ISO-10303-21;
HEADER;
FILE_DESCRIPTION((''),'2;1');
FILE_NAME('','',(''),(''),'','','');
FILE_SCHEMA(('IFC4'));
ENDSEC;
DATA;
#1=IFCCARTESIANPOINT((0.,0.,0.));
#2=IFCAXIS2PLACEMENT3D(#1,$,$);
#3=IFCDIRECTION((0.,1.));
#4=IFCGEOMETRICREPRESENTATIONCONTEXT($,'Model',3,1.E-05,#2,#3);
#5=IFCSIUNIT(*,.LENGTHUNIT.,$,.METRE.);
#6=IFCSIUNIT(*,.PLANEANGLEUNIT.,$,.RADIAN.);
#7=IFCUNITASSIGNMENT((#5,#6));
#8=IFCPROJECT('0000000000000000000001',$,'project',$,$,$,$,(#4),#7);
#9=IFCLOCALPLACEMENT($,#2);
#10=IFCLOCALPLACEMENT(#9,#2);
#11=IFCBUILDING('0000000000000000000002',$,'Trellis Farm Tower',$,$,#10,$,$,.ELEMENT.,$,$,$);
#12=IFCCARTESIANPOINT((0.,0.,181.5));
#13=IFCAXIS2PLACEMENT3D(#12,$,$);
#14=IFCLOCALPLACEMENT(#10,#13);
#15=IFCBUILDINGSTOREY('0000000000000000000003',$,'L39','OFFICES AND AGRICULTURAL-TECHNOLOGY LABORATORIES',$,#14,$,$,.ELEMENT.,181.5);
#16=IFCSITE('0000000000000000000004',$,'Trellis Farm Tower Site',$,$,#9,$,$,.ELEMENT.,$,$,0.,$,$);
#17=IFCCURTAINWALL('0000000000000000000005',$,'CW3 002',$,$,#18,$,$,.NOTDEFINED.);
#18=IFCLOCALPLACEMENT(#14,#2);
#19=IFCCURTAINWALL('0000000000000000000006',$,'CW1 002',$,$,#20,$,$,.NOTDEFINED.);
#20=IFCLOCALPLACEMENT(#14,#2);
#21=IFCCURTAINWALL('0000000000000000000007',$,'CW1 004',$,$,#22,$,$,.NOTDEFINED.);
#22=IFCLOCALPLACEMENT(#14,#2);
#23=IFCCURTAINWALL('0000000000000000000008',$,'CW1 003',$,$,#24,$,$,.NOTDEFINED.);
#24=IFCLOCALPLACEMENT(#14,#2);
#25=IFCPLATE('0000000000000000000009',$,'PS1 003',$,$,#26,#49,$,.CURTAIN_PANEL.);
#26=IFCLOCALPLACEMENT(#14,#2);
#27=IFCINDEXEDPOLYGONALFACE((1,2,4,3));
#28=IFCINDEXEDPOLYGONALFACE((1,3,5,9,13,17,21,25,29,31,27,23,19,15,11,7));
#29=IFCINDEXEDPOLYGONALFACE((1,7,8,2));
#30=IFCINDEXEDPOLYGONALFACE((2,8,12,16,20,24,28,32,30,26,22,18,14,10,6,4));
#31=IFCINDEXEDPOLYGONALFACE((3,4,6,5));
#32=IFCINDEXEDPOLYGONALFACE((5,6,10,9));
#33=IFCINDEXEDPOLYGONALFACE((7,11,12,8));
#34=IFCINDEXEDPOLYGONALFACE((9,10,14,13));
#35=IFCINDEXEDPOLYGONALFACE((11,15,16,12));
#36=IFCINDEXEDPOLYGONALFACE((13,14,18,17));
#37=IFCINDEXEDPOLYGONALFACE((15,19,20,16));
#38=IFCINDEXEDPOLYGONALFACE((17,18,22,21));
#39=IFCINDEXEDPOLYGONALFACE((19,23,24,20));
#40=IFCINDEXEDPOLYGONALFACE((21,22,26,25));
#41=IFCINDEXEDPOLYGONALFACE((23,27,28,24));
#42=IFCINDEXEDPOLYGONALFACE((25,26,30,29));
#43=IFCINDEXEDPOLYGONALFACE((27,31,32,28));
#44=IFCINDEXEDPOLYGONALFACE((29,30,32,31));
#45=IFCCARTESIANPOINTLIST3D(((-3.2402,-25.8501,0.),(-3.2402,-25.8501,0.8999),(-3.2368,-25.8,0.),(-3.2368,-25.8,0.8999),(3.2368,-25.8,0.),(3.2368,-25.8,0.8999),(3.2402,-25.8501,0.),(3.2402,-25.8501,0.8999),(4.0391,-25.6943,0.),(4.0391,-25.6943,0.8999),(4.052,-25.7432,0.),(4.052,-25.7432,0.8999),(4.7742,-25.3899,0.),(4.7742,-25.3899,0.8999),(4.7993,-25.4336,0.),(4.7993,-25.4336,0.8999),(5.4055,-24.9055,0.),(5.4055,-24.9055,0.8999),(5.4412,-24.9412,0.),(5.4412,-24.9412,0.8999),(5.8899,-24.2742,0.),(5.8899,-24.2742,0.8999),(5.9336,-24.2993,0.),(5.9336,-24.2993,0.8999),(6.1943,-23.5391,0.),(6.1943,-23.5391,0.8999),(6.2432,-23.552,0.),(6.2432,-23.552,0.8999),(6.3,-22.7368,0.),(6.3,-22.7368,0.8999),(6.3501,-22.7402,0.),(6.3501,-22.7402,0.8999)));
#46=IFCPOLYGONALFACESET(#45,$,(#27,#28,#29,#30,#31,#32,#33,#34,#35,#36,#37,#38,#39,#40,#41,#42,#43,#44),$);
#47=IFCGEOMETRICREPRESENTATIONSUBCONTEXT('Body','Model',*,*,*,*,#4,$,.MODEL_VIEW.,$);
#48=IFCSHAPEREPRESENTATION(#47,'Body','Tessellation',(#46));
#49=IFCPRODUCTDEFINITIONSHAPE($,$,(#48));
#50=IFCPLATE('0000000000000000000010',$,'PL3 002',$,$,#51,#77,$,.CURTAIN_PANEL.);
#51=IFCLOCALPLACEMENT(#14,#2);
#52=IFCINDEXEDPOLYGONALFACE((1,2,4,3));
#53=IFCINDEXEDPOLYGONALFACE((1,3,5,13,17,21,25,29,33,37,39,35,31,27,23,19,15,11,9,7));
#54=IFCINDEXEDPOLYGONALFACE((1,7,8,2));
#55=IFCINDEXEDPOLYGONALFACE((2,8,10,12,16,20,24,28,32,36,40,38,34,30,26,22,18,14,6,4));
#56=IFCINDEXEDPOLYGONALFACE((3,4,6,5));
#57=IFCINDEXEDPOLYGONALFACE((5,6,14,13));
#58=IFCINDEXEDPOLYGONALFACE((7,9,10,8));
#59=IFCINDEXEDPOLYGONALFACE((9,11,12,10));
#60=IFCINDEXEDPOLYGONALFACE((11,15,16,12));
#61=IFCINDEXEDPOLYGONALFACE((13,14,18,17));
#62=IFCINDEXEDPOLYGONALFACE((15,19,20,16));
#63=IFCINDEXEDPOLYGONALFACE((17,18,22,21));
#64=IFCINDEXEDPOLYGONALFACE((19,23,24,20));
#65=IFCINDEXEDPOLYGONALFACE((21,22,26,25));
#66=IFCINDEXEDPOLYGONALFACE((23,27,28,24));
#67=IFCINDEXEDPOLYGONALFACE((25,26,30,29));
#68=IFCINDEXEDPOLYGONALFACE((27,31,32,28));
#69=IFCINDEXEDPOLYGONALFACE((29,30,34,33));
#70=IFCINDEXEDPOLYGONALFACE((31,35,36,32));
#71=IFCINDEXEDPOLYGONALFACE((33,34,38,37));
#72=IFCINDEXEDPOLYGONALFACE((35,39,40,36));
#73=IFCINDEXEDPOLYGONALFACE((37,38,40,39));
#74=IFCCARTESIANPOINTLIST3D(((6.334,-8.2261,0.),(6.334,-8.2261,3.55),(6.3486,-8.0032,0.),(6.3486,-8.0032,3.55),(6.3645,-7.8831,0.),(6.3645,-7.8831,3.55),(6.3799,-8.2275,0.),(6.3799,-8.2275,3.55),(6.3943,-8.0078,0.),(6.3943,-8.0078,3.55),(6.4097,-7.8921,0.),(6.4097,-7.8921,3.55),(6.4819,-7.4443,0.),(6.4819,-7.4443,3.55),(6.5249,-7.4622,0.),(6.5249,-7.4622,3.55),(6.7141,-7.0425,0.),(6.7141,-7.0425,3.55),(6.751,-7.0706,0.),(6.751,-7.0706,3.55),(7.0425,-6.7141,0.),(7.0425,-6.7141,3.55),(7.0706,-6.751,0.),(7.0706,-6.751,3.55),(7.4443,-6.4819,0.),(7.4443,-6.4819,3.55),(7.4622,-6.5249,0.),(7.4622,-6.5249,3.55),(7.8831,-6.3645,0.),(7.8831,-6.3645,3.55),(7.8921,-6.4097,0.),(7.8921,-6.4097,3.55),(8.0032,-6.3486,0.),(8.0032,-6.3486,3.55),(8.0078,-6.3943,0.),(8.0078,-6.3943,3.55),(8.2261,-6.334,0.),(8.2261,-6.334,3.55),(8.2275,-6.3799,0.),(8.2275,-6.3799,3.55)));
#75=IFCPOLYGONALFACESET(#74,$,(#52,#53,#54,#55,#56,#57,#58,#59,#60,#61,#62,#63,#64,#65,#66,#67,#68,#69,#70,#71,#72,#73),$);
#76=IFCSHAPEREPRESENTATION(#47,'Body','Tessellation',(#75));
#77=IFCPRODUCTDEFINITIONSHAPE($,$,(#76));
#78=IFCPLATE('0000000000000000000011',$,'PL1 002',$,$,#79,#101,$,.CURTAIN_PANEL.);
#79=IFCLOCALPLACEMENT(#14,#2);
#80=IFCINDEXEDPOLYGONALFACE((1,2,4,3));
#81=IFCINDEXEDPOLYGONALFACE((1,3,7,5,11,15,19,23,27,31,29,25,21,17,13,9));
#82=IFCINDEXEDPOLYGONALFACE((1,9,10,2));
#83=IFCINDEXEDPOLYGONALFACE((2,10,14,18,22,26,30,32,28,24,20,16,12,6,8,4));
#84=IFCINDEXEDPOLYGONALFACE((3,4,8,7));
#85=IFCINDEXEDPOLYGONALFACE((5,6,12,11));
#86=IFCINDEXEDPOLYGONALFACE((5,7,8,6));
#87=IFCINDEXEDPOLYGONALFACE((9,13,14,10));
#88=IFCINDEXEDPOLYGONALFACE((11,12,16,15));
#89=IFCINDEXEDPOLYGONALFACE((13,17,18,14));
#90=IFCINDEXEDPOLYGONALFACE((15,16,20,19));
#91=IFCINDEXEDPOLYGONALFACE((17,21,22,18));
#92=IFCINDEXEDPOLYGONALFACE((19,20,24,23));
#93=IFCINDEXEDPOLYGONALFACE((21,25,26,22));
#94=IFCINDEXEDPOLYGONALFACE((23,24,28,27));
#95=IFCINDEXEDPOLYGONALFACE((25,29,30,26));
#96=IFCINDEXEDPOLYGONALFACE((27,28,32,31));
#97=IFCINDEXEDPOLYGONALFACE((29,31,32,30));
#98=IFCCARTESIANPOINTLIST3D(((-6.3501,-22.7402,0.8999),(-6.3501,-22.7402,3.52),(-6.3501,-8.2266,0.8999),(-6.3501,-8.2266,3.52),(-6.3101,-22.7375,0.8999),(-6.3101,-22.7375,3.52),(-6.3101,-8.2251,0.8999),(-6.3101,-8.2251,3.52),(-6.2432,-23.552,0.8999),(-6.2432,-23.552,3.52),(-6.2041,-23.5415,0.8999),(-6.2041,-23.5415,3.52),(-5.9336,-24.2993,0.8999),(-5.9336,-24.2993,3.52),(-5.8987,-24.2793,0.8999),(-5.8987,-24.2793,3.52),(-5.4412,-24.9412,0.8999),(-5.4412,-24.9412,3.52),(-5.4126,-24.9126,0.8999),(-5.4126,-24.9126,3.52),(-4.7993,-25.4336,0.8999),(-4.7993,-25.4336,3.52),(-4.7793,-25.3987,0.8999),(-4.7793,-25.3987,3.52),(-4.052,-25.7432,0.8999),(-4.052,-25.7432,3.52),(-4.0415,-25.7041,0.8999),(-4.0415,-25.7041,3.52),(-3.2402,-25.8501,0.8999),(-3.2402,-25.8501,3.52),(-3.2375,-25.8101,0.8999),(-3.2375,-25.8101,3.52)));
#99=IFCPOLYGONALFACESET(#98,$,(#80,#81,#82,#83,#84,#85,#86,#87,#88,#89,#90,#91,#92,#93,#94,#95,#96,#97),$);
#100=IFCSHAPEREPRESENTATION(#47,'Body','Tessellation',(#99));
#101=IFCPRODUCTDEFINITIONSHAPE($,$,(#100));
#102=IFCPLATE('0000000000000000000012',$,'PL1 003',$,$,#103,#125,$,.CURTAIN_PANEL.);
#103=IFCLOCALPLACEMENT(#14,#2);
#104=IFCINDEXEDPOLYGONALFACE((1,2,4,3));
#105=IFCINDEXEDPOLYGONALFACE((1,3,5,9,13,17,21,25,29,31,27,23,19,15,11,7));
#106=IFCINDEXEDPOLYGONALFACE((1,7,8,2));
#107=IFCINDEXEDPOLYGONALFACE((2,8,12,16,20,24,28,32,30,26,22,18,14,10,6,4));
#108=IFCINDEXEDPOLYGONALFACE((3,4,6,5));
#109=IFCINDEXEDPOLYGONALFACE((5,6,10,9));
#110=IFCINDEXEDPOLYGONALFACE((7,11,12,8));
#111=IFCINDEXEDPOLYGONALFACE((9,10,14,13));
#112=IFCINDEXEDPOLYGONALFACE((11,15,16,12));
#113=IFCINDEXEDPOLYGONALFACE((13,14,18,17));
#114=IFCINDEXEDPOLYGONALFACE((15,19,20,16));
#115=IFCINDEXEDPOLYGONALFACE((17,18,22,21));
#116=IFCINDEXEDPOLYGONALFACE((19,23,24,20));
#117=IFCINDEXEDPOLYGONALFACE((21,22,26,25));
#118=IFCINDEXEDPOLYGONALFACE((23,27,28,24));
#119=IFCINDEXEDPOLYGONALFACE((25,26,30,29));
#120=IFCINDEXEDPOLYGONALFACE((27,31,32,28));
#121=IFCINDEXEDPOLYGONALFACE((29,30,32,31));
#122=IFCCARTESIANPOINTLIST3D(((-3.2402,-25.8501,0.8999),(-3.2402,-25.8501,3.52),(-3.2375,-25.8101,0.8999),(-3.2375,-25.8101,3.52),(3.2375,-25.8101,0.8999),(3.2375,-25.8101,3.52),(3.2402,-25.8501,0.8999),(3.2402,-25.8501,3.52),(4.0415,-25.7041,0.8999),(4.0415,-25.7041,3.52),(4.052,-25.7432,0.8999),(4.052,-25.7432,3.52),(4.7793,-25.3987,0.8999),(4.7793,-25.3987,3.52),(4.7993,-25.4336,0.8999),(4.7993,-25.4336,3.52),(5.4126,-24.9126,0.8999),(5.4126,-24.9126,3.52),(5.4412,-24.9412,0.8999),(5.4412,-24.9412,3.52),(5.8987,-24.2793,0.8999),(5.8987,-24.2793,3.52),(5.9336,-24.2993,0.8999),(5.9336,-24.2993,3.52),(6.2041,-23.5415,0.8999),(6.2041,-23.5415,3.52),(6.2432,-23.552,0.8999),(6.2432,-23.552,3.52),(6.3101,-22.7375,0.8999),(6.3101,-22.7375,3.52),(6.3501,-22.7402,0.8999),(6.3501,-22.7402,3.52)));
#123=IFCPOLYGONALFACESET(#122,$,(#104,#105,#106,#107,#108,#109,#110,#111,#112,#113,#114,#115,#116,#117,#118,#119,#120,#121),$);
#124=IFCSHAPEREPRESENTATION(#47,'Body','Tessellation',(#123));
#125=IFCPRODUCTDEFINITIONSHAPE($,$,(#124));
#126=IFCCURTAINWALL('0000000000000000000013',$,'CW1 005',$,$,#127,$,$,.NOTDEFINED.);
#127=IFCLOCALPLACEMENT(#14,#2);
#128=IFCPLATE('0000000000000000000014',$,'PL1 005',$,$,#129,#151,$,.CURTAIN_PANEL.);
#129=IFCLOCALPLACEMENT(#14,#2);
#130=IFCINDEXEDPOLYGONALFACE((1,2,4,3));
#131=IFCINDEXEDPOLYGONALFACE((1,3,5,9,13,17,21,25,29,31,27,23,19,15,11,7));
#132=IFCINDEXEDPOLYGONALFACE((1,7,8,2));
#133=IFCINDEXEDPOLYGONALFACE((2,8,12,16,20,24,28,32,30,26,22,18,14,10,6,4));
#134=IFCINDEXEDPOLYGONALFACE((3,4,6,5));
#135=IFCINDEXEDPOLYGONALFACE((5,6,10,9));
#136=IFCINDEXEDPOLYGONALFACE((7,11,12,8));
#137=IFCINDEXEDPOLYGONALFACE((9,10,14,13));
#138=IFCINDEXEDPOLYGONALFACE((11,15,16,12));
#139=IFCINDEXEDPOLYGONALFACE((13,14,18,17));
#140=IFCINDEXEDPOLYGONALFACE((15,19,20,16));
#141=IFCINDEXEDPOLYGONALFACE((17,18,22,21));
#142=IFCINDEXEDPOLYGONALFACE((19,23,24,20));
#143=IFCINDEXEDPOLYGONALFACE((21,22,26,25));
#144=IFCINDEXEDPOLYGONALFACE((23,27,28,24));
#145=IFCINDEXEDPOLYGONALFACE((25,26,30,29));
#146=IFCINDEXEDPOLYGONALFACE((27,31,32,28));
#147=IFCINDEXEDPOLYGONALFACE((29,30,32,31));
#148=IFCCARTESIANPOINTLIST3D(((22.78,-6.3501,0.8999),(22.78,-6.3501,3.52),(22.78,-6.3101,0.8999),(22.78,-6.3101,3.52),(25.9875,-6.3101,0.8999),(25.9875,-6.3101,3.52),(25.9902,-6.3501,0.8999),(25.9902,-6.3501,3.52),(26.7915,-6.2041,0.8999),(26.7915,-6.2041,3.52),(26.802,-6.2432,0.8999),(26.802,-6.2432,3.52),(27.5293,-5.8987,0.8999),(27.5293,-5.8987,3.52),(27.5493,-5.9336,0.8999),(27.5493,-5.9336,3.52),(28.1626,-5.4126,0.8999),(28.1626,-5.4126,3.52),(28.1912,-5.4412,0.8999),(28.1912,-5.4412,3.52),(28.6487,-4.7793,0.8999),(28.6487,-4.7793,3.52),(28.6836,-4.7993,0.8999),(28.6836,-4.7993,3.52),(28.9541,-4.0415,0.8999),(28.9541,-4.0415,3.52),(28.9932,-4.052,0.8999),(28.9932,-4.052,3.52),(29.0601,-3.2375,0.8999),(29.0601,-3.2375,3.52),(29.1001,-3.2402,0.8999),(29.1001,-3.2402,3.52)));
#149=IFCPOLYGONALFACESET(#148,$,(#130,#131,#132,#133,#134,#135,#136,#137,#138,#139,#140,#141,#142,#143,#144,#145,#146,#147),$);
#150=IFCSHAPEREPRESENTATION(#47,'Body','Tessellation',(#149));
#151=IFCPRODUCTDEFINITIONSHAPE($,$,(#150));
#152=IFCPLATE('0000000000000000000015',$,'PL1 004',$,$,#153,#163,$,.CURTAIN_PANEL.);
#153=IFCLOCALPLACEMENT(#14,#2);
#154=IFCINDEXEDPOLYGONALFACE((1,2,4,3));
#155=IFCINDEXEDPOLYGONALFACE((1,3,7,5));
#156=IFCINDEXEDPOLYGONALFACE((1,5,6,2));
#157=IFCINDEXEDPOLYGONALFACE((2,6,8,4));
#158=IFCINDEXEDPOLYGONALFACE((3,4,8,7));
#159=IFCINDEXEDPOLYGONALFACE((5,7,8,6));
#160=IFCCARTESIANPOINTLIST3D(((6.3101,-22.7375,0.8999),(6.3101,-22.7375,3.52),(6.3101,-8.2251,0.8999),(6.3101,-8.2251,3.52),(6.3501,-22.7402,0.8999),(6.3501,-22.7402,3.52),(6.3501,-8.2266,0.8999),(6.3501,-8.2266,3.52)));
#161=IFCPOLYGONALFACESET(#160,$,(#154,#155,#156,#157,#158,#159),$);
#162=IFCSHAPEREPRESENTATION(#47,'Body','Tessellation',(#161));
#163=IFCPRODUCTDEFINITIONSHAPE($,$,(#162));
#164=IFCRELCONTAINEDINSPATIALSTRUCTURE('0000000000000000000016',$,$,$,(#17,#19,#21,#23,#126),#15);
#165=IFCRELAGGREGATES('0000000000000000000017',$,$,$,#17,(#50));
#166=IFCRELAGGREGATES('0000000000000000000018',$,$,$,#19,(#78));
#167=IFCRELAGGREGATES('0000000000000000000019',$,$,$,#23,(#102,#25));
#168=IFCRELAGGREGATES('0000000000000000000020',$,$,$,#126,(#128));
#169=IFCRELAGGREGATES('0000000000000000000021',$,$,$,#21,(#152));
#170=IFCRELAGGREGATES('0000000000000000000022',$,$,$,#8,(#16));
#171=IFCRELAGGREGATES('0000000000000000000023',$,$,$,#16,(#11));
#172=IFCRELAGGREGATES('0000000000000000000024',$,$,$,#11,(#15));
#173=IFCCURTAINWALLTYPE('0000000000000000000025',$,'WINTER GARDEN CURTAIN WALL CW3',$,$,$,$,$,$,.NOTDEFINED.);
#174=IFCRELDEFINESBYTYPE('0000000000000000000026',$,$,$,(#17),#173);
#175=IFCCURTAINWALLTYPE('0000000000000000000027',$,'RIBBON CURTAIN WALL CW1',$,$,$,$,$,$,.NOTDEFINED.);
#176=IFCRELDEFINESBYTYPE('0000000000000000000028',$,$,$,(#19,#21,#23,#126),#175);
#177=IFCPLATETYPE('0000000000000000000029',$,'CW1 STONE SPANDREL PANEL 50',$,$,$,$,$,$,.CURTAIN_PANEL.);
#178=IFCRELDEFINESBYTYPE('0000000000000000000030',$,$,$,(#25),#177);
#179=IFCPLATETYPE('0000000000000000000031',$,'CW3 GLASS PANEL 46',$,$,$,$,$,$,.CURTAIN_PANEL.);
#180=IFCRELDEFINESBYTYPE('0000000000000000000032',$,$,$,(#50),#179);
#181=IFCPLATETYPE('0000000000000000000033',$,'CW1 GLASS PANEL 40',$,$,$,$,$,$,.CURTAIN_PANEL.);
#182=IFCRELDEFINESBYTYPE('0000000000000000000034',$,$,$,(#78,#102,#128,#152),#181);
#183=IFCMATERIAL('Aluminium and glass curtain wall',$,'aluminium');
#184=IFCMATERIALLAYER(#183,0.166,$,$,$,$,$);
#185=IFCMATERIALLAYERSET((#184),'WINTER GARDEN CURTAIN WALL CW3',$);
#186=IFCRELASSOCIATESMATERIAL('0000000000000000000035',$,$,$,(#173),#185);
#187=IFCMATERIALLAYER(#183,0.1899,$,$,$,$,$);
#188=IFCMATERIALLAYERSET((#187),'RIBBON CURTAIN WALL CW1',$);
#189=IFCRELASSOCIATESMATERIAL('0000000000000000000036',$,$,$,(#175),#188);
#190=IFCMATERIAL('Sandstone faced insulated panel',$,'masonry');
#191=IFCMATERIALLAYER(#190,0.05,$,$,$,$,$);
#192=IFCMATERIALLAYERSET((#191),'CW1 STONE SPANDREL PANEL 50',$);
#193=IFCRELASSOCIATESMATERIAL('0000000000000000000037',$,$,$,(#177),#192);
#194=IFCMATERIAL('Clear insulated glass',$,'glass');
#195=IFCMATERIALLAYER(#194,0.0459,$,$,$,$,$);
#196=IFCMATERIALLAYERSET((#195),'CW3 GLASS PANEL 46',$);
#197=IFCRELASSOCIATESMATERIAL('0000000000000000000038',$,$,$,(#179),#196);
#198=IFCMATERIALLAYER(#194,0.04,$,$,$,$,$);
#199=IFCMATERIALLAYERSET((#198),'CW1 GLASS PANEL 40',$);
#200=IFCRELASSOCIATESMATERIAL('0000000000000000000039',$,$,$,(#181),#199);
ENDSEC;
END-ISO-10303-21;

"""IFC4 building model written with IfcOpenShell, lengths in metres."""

from ifc_helpers import new_model, si_unit, direction, frame, origin, place, context, subcontext, project, spatial, polyline, outline, extrude, source, transform, mapped, material, layer, layer_set, type_object, element, aggregate, save


model = new_model("IFC4")

# Units and contexts
model_context = context("Model", 3, precision=1e-05, world=origin(), true_north=direction((0.0, 1.0)))
body_context = subcontext(model_context, "Body", "Model", "MODEL_VIEW")
ifc_project = project(units=[si_unit("LENGTHUNIT", "METRE"), si_unit("PLANEANGLEUNIT", "RADIAN")], contexts=[model_context])

# Site, building, storey
site_placement = place(None, origin())
site = spatial("IfcSite", under=ifc_project, at=site_placement, Name="Trellis Farm Tower Site", CompositionType="ELEMENT", RefElevation=0.0)
building_placement = place(site_placement, origin())
building = spatial("IfcBuilding", under=site, at=building_placement, Name="Trellis Farm Tower", CompositionType="ELEMENT")
storey_placement = place(building_placement, frame((0.0, 0.0, 181.5)))
storey = spatial("IfcBuildingStorey", under=building, at=storey_placement, Name="L39", Description="OFFICES AND AGRICULTURAL-TECHNOLOGY LABORATORIES", CompositionType="ELEMENT", Elevation=181.5)

# Curtain walls
ifc_material_1 = material(Name="Aluminium and glass curtain wall", Category="aluminium")
ifc_layer_1 = layer(ifc_material_1, 0.166)
ifc_layer_set_1 = layer_set([ifc_layer_1], Name="WINTER GARDEN CURTAIN WALL CW3")
curtain_wall_type_1 = type_object("IfcCurtainWallType", Name="WINTER GARDEN CURTAIN WALL CW3", PredefinedType="NOTDEFINED", material=ifc_layer_set_1)
placement_1 = place(storey_placement, origin())
curtain_wall_1 = element("IfcCurtainWall", 1, at=placement_1, inside=storey, type_object=curtain_wall_type_1, Name="CW3 002", PredefinedType="NOTDEFINED")
ifc_layer_2 = layer(ifc_material_1, 0.1899)
ifc_layer_set_2 = layer_set([ifc_layer_2], Name="RIBBON CURTAIN WALL CW1")
curtain_wall_type_2 = type_object("IfcCurtainWallType", Name="RIBBON CURTAIN WALL CW1", PredefinedType="NOTDEFINED", material=ifc_layer_set_2)
curtain_wall_2 = element("IfcCurtainWall", 2, at=placement_1, inside=storey, type_object=curtain_wall_type_2, Name="CW1 002", PredefinedType="NOTDEFINED")
curtain_wall_3 = element("IfcCurtainWall", 3, at=placement_1, inside=storey, type_object=curtain_wall_type_2, Name="CW1 004", PredefinedType="NOTDEFINED")
curtain_wall_4 = element("IfcCurtainWall", 4, at=placement_1, inside=storey, type_object=curtain_wall_type_2, Name="CW1 003", PredefinedType="NOTDEFINED")

# Plates
ifc_material_2 = material(Name="Sandstone faced insulated panel", Category="masonry")
ifc_layer_3 = layer(ifc_material_2, 0.05)
ifc_layer_set_3 = layer_set([ifc_layer_3], Name="CW1 STONE SPANDREL PANEL 50")
plate_type_1 = type_object("IfcPlateType", Name="CW1 STONE SPANDREL PANEL 50", PredefinedType="CURTAIN_PANEL", material=ifc_layer_set_3)
shared_shape_1 = source(origin(), body_context, "Body", "SweptSolid", [
    extrude(outline(polyline([(-3.2402, -25.8501), (3.2402, -25.8501), (4.052, -25.7432), (4.7993, -25.4336), (5.4412, -24.9412), (5.9336, -24.2993), (6.2432, -23.552), (6.3501, -22.7402), (6.3, -22.7368), (6.1943, -23.5391), (5.8899, -24.2742), (5.4055, -24.9055), (4.7742, -25.3899), (4.0391, -25.6943), (3.2368, -25.8), (-3.2368, -25.8), (-3.2402, -25.8501)])), origin(), (0.0, 0.0, 1.0), 0.8999),
])
plate_1 = element("IfcPlate", 5, at=placement_1, type_object=plate_type_1, Name="PS1 003", PredefinedType="CURTAIN_PANEL", context=body_context, shape_type="MappedRepresentation", body=[
    mapped(shared_shape_1, transform((0.0, 0.0, 0.0))),
])
ifc_material_3 = material(Name="Clear insulated glass", Category="glass")
ifc_layer_4 = layer(ifc_material_3, 0.0459)
ifc_layer_set_4 = layer_set([ifc_layer_4], Name="CW3 GLASS PANEL 46")
plate_type_2 = type_object("IfcPlateType", Name="CW3 GLASS PANEL 46", PredefinedType="CURTAIN_PANEL", material=ifc_layer_set_4)
shared_shape_2 = source(origin(), body_context, "Body", "SweptSolid", [
    extrude(outline(polyline([(6.3799, -8.2275), (6.3943, -8.0078), (6.4097, -7.8921), (6.5249, -7.4622), (6.751, -7.0706), (7.0706, -6.751), (7.4622, -6.5249), (7.8921, -6.4097), (8.0078, -6.3943), (8.2275, -6.3799), (8.2261, -6.334), (8.0032, -6.3486), (7.8831, -6.3645), (7.4443, -6.4819), (7.0425, -6.7141), (6.7141, -7.0425), (6.4819, -7.4443), (6.3645, -7.8831), (6.3486, -8.0032), (6.334, -8.2261), (6.3799, -8.2275)])), origin(), (0.0, 0.0, 1.0), 3.55),
])
plate_2 = element("IfcPlate", 6, at=placement_1, type_object=plate_type_2, Name="PL3 002", PredefinedType="CURTAIN_PANEL", context=body_context, shape_type="MappedRepresentation", body=[
    mapped(shared_shape_2, transform((0.0, 0.0, 0.0))),
])
aggregate(curtain_wall_1, [plate_2])
ifc_layer_5 = layer(ifc_material_3, 0.04)
ifc_layer_set_5 = layer_set([ifc_layer_5], Name="CW1 GLASS PANEL 40")
plate_type_3 = type_object("IfcPlateType", Name="CW1 GLASS PANEL 40", PredefinedType="CURTAIN_PANEL", material=ifc_layer_set_5)
shared_shape_3 = source(origin(), body_context, "Body", "SweptSolid", [
    extrude(outline(polyline([(-6.3501, -8.2266), (-6.3501, -22.7402), (-6.2432, -23.552), (-5.9336, -24.2993), (-5.4412, -24.9412), (-4.7993, -25.4336), (-4.052, -25.7432), (-3.2402, -25.8501), (-3.2375, -25.8101), (-4.0415, -25.7041), (-4.7793, -25.3987), (-5.4126, -24.9126), (-5.8987, -24.2793), (-6.2041, -23.5415), (-6.3101, -22.7375), (-6.3101, -8.2251), (-6.3501, -8.2266)])), origin(), (0.0, 0.0, 1.0), 2.6201),
])
placement_2 = place(storey_placement, frame((0.0, 0.0, 0.8999)))
plate_3 = element("IfcPlate", 7, at=placement_2, type_object=plate_type_3, Name="PL1 002", PredefinedType="CURTAIN_PANEL", context=body_context, shape_type="MappedRepresentation", body=[
    mapped(shared_shape_3, transform((0.0, 0.0, 0.0))),
])
aggregate(curtain_wall_2, [plate_3])
shared_shape_4 = source(origin(), body_context, "Body", "SweptSolid", [
    extrude(outline(polyline([(-3.2402, -25.8501), (3.2402, -25.8501), (4.052, -25.7432), (4.7993, -25.4336), (5.4412, -24.9412), (5.9336, -24.2993), (6.2432, -23.552), (6.3501, -22.7402), (6.3101, -22.7375), (6.2041, -23.5415), (5.8987, -24.2793), (5.4126, -24.9126), (4.7793, -25.3987), (4.0415, -25.7041), (3.2375, -25.8101), (-3.2375, -25.8101), (-3.2402, -25.8501)])), origin(), (0.0, 0.0, 1.0), 2.6201),
])
plate_4 = element("IfcPlate", 8, at=placement_2, type_object=plate_type_3, Name="PL1 003", PredefinedType="CURTAIN_PANEL", context=body_context, shape_type="MappedRepresentation", body=[
    mapped(shared_shape_4, transform((0.0, 0.0, 0.0))),
])
aggregate(curtain_wall_4, [plate_4, plate_1])

# Curtain wall, plate
curtain_wall_5 = element("IfcCurtainWall", 9, at=placement_1, inside=storey, type_object=curtain_wall_type_2, Name="CW1 005", PredefinedType="NOTDEFINED")
shared_shape_5 = source(origin(), body_context, "Body", "SweptSolid", [
    extrude(outline(polyline([(22.78, -6.3501), (25.9902, -6.3501), (26.802, -6.2432), (27.5493, -5.9336), (28.1912, -5.4412), (28.6836, -4.7993), (28.9932, -4.052), (29.1001, -3.2402), (29.0601, -3.2375), (28.9541, -4.0415), (28.6487, -4.7793), (28.1626, -5.4126), (27.5293, -5.8987), (26.7915, -6.2041), (25.9875, -6.3101), (22.78, -6.3101), (22.78, -6.3501)])), origin(), (0.0, 0.0, 1.0), 2.6201),
])
plate_5 = element("IfcPlate", 10, at=placement_2, type_object=plate_type_3, Name="PL1 005", PredefinedType="CURTAIN_PANEL", context=body_context, shape_type="MappedRepresentation", body=[
    mapped(shared_shape_5, transform((0.0, 0.0, 0.0))),
])
aggregate(curtain_wall_5, [plate_5])

# Plate
shared_shape_6 = source(origin(), body_context, "Body", "SweptSolid", [
    extrude(outline(polyline([(6.3501, -22.7402), (6.3501, -8.2266), (6.3101, -8.2251), (6.3101, -22.7375), (6.3501, -22.7402)])), origin(), (0.0, 0.0, 1.0), 2.6201),
])
plate_6 = element("IfcPlate", 11, at=placement_2, type_object=plate_type_3, Name="PL1 004", PredefinedType="CURTAIN_PANEL", context=body_context, shape_type="MappedRepresentation", body=[
    mapped(shared_shape_6, transform((0.0, 0.0, 0.0))),
])
aggregate(curtain_wall_3, [plate_6])

save(model, "model.ifc")
